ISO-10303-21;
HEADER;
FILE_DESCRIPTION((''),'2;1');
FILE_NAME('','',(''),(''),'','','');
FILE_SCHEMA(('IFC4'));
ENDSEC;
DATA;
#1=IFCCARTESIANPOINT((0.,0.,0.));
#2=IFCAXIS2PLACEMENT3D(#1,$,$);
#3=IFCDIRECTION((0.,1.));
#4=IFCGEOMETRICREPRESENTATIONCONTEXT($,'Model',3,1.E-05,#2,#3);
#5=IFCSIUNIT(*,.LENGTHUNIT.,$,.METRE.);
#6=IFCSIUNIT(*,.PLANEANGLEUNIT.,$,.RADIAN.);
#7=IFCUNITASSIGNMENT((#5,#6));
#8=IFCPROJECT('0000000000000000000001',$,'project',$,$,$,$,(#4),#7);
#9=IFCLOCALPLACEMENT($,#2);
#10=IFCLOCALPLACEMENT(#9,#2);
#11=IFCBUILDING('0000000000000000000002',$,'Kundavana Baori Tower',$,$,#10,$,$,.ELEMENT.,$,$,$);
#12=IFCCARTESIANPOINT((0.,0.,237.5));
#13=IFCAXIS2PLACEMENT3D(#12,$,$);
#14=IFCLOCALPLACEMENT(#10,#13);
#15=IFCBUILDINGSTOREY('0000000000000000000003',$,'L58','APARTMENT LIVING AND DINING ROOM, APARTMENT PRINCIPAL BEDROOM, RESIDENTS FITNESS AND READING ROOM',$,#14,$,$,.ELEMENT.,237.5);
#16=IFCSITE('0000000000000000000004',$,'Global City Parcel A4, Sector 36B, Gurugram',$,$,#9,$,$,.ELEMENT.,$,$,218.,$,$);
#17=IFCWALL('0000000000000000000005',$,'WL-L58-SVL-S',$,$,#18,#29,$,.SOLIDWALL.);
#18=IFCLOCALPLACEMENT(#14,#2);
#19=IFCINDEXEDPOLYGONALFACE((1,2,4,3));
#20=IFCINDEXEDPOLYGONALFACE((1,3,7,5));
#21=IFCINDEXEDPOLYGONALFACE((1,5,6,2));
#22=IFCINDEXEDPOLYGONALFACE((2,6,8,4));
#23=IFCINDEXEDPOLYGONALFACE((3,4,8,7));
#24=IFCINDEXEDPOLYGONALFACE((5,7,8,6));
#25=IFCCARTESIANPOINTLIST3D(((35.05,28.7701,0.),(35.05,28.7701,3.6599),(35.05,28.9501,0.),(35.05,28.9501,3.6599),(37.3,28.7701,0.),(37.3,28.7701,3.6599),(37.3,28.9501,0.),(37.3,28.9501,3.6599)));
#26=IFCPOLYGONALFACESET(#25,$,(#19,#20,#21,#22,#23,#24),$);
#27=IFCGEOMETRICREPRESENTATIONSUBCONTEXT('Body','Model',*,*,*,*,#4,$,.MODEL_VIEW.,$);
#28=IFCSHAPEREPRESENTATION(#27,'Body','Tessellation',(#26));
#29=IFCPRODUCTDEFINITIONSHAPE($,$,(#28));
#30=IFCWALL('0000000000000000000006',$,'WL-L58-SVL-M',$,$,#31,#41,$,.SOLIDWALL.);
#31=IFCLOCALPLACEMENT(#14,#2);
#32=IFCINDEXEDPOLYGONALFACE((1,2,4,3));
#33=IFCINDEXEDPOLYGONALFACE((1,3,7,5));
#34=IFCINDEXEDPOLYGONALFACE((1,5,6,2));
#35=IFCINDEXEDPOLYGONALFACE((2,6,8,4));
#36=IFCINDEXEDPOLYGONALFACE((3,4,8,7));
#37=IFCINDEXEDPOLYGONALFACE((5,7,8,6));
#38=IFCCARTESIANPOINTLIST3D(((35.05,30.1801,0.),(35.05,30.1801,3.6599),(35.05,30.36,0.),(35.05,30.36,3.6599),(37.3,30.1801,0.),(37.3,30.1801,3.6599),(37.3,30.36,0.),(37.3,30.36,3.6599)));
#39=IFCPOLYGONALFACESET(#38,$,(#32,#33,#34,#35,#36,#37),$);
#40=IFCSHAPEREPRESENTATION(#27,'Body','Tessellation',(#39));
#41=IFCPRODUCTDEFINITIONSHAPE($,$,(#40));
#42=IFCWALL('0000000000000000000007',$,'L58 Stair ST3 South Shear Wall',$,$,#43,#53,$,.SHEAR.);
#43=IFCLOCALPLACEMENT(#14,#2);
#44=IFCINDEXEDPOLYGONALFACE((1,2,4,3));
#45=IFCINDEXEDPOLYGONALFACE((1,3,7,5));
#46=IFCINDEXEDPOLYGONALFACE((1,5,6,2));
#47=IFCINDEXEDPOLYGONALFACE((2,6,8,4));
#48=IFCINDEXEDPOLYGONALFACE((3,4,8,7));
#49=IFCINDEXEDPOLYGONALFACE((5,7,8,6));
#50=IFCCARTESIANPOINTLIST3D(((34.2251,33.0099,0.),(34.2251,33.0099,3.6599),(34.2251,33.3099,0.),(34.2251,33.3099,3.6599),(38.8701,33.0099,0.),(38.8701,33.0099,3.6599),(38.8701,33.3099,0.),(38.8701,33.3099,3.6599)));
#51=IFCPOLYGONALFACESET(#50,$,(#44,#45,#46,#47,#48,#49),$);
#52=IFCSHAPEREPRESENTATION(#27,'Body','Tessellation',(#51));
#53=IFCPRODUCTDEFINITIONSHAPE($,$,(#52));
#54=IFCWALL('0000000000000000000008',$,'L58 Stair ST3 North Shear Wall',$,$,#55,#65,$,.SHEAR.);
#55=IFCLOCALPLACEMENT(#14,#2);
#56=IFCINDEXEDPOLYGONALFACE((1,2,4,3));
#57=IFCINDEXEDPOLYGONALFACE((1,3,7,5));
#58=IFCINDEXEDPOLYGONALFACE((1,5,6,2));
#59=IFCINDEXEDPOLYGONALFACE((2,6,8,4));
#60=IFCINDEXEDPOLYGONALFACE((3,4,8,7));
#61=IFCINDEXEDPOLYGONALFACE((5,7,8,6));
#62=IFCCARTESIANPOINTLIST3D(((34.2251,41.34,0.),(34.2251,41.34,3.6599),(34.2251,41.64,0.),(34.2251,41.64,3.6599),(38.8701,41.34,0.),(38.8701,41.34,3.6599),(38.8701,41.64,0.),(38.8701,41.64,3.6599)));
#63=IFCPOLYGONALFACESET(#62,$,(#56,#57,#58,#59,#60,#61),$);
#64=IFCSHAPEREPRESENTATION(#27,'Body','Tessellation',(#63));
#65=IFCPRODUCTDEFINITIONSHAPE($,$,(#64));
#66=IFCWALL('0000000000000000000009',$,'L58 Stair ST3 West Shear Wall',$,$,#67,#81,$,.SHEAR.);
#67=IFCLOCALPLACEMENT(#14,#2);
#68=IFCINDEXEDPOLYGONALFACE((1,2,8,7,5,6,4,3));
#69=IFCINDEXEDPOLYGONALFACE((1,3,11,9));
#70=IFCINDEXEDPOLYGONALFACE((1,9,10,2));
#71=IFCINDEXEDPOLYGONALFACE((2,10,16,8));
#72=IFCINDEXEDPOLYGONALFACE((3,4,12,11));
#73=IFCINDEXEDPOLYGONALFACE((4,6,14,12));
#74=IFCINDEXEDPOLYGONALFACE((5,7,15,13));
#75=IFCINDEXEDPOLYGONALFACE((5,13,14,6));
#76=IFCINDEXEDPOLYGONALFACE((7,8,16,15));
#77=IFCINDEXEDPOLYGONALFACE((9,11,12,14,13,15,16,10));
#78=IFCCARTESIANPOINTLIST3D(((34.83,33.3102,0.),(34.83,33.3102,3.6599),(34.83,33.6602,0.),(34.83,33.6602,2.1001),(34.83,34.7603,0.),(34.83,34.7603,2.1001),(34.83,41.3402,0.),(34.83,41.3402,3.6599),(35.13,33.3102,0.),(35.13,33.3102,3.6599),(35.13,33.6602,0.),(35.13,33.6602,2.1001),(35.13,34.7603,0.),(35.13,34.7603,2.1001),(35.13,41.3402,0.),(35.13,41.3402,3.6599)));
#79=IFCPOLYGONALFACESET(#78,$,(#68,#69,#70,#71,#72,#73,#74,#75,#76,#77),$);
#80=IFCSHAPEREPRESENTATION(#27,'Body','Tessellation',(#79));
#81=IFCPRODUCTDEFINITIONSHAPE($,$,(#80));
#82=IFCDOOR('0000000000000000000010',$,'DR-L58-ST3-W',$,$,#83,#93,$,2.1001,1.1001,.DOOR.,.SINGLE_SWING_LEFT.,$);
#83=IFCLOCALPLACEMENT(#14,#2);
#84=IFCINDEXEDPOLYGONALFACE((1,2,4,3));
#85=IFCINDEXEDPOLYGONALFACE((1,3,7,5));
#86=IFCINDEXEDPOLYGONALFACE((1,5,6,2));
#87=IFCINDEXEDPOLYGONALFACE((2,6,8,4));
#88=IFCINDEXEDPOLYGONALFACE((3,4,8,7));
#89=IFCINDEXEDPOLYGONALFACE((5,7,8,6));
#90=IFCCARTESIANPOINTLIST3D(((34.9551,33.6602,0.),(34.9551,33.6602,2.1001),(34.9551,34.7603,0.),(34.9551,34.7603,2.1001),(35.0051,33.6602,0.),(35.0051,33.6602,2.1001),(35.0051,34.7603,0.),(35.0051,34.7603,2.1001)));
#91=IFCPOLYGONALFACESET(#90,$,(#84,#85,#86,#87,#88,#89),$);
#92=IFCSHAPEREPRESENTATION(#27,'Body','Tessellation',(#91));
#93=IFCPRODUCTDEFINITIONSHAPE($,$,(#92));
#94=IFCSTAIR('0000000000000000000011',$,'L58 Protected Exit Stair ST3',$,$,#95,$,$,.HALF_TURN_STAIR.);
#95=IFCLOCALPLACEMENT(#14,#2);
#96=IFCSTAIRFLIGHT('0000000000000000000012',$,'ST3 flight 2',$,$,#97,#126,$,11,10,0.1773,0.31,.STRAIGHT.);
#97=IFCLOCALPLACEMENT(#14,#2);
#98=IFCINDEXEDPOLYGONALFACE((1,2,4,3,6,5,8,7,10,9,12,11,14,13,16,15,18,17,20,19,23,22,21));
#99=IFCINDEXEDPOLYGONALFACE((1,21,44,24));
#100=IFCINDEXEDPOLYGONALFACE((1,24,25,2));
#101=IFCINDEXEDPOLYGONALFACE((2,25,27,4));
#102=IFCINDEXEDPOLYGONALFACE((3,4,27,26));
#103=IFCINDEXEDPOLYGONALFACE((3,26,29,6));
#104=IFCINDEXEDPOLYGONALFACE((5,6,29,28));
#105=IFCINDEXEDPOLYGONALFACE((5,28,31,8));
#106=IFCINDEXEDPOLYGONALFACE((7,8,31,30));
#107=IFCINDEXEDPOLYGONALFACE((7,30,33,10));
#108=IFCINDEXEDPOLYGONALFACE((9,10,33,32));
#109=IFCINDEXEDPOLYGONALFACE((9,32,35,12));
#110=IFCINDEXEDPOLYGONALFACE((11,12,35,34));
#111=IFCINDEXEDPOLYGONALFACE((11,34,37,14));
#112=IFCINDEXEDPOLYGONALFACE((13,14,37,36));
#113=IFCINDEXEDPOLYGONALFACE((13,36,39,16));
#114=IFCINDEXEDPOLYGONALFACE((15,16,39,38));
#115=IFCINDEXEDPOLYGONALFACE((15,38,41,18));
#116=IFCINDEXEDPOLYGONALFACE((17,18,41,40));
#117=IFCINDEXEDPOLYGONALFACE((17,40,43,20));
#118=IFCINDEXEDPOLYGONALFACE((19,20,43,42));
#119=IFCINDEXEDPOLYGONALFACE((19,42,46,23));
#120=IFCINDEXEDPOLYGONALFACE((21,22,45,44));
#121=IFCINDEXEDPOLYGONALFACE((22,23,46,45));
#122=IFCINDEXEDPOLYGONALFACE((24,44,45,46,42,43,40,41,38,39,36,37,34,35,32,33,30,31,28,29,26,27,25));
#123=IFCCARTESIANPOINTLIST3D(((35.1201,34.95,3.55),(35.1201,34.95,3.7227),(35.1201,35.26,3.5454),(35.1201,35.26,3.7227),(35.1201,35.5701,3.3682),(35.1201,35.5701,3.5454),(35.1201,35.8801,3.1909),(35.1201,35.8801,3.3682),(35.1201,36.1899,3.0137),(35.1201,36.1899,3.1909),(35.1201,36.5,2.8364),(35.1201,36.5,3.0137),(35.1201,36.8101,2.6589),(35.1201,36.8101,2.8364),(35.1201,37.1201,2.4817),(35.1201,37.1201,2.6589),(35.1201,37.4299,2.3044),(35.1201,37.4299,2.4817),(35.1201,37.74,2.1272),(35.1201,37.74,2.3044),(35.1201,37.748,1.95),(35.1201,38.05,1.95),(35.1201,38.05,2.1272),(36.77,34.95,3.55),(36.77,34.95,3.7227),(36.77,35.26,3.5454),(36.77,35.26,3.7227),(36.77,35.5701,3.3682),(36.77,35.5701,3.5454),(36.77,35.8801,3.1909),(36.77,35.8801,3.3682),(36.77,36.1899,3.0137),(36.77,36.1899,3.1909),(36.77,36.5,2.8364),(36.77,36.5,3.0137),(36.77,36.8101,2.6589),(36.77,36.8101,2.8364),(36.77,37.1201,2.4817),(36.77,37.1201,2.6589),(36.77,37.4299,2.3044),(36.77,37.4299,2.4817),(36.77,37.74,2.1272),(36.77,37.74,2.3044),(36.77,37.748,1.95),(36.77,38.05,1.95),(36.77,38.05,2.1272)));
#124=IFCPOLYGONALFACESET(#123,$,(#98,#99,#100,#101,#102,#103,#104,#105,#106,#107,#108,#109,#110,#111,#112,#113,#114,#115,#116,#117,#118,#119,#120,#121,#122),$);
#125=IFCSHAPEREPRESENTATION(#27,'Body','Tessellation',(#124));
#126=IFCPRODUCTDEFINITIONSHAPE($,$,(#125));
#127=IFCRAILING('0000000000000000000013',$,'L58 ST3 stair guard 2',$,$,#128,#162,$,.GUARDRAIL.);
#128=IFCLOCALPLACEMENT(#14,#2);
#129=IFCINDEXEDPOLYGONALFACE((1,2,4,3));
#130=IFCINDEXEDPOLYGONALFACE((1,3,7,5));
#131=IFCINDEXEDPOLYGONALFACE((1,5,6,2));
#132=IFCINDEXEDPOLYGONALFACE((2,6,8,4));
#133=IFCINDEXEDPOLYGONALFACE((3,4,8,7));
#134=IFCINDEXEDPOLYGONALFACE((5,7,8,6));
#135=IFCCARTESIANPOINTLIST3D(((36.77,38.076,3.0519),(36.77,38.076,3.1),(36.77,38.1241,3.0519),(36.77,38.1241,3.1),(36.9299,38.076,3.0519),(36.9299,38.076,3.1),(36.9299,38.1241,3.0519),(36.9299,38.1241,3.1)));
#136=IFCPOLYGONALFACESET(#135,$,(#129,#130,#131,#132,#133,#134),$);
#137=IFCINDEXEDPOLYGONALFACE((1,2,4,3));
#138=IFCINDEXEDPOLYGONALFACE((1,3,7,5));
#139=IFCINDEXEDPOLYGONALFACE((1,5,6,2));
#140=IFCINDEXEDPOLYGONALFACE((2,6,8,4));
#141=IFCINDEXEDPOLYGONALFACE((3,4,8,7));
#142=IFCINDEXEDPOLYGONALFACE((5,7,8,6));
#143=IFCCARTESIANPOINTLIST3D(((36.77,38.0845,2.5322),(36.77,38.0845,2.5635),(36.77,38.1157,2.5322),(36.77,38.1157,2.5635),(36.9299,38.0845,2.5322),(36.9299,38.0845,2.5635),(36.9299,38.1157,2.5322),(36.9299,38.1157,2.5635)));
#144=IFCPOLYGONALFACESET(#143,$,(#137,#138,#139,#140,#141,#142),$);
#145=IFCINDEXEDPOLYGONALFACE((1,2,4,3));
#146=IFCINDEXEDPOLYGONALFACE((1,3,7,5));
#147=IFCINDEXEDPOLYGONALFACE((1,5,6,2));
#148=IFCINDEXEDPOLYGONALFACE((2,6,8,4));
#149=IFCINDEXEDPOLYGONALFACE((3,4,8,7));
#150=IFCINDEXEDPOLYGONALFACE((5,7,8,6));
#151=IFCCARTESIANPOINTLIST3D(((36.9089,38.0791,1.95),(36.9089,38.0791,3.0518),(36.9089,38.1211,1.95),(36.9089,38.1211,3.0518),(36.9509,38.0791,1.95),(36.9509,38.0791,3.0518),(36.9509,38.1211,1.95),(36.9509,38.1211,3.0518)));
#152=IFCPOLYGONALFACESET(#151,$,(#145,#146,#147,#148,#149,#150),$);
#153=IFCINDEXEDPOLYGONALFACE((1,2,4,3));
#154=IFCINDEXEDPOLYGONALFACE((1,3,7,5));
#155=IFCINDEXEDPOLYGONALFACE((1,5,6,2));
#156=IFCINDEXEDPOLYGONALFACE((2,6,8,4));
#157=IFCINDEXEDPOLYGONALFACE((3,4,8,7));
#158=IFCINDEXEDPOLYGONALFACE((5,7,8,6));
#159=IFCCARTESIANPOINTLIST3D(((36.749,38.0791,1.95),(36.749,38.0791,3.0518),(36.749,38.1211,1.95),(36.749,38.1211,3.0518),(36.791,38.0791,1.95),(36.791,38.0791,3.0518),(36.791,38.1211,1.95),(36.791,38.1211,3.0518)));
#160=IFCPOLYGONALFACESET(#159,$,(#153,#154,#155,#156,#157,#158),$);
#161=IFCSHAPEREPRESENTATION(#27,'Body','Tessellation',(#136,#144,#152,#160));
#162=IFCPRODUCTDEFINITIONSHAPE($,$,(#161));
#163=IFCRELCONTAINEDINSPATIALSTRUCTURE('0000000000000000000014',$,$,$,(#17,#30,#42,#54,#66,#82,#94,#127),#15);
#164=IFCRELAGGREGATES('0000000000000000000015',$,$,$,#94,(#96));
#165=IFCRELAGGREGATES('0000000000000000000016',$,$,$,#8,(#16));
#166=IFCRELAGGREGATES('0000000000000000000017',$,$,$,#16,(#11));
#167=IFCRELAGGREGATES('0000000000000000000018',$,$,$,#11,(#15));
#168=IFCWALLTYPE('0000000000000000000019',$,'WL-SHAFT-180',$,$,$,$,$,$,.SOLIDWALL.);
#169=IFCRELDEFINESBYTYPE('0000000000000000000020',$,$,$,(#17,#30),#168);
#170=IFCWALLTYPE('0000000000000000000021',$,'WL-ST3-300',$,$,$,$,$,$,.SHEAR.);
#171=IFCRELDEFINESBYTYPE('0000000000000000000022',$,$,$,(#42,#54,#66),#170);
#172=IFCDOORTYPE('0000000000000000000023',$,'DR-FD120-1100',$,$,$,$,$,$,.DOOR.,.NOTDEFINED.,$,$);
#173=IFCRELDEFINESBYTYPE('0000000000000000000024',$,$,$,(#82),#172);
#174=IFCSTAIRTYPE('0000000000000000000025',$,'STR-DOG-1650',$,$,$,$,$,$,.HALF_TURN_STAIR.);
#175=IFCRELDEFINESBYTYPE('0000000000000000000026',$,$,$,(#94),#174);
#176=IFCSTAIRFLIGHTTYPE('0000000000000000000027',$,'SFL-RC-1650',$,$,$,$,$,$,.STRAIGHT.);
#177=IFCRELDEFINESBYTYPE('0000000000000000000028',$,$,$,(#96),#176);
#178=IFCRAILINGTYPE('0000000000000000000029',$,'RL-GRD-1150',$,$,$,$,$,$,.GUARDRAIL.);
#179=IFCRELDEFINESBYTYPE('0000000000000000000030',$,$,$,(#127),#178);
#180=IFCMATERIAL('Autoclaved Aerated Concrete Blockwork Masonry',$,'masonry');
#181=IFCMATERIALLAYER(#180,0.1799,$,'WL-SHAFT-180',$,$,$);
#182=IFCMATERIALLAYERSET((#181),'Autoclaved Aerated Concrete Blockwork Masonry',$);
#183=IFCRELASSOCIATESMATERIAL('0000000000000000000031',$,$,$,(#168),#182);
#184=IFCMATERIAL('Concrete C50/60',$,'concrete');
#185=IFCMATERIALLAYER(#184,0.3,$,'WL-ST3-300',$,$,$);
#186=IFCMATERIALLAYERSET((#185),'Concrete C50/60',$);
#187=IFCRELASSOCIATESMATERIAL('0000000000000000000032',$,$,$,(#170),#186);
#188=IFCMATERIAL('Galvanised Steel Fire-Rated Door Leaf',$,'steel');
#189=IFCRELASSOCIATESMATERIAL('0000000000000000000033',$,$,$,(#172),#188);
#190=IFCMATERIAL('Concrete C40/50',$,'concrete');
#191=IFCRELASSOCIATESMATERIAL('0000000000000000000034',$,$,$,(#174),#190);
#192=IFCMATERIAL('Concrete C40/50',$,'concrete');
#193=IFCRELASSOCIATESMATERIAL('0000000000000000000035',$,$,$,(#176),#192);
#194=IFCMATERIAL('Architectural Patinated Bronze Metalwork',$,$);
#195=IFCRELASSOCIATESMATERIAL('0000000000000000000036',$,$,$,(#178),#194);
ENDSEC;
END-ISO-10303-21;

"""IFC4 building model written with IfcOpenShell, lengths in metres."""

from ifc_helpers import new_model, si_unit, direction, frame, frame_2d, origin, origin_2d, place, context, subcontext, project, spatial, polyline, rectangle, outline, extrude, material, layer, layer_set, type_object, element, fill, aggregate, save


model = new_model("IFC4")

# Units and contexts
model_context = context("Model", 3, precision=1e-05, world=origin(), true_north=direction((0.0, 1.0)))
body_context = subcontext(model_context, "Body", "Model", "MODEL_VIEW")
ifc_project = project(units=[si_unit("LENGTHUNIT", "METRE"), si_unit("PLANEANGLEUNIT", "RADIAN")], contexts=[model_context])

# Site, building, storey
site_placement = place(None, origin())
site = spatial("IfcSite", under=ifc_project, at=site_placement, Name="Global City Parcel A4, Sector 36B, Gurugram", CompositionType="ELEMENT", RefElevation=218.0)
building_placement = place(site_placement, origin())
building = spatial("IfcBuilding", under=site, at=building_placement, Name="Kundavana Baori Tower", CompositionType="ELEMENT")
storey_placement = place(building_placement, frame((0.0, 0.0, 237.5)))
storey = spatial("IfcBuildingStorey", under=building, at=storey_placement, Name="L58", Description="APARTMENT LIVING AND DINING ROOM, APARTMENT PRINCIPAL BEDROOM, RESIDENTS FITNESS AND READING ROOM", CompositionType="ELEMENT", Elevation=237.5)

# Walls
ifc_material_1 = material(Name="Autoclaved Aerated Concrete Blockwork Masonry", Category="masonry")
ifc_layer_1 = layer(ifc_material_1, 0.1799, Name="WL-SHAFT-180")
ifc_layer_set_1 = layer_set([ifc_layer_1], Name="Autoclaved Aerated Concrete Blockwork Masonry")
wall_type_1 = type_object("IfcWallType", Name="WL-SHAFT-180", PredefinedType="SOLIDWALL", material=ifc_layer_set_1)
for number, where, z_axis, x_axis, name in (
    (1, (35.05, 28.8601, 0.0), (0.0, 0.0, 1.0), (1.0, 0.0, 0.0), "WL-L58-SVL-S"),
    (2, (35.05, 30.27, 0.0), (0.0, 0.0, 1.0), (1.0, 0.0, 0.0), "WL-L58-SVL-M"),
):
    element("IfcWall", number, at=place(storey_placement, frame(where, z_axis=z_axis, x_axis=x_axis)), inside=storey, type_object=wall_type_1, Name=name, PredefinedType="SOLIDWALL", context=body_context, shape_type="SweptSolid", body=[
        extrude(rectangle(XDim=2.25, YDim=0.1799, at=frame_2d((1.125, 0.0))), origin(), (0.0, 0.0, 1.0), 3.6599),
    ])
ifc_material_2 = material(Name="Concrete C50/60", Category="concrete")
ifc_layer_2 = layer(ifc_material_2, 0.3, Name="WL-ST3-300")
ifc_layer_set_2 = layer_set([ifc_layer_2], Name="Concrete C50/60")
wall_type_2 = type_object("IfcWallType", Name="WL-ST3-300", PredefinedType="SHEAR", material=ifc_layer_set_2)
for number, where, z_axis, x_axis, name in (
    (3, (34.2251, 33.1599, 0.0), (0.0, 0.0, 1.0), (1.0, 0.0, 0.0), "L58 Stair ST3 South Shear Wall"),
    (4, (34.2251, 41.49, 0.0), (0.0, 0.0, 1.0), (1.0, 0.0, 0.0), "L58 Stair ST3 North Shear Wall"),
):
    element("IfcWall", number, at=place(storey_placement, frame(where, z_axis=z_axis, x_axis=x_axis)), inside=storey, type_object=wall_type_2, Name=name, PredefinedType="SHEAR", context=body_context, shape_type="SweptSolid", body=[
        extrude(rectangle(XDim=4.645, YDim=0.3, at=frame_2d((2.3225, 0.0))), origin(), (0.0, 0.0, 1.0), 3.6599),
    ])

# Wall, opening, door
wall_1_placement = place(storey_placement, frame((34.98, 33.3101, 0.0), z_axis=(0.0, 0.0, 1.0), x_axis=(0.0, 1.0, 0.0)))
wall_1 = element("IfcWall", 5, at=wall_1_placement, inside=storey, type_object=wall_type_2, Name="L58 Stair ST3 West Shear Wall", PredefinedType="SHEAR", context=body_context, shape_type="SweptSolid", body=[
    extrude(rectangle(XDim=8.03, YDim=0.3, at=frame_2d((4.0151, 0.0))), origin(), (0.0, 0.0, 1.0), 3.6599),
])
opening_1_placement = place(wall_1_placement, frame((0.3501, 0.0, 0.0)))
opening_1 = element("IfcOpeningElement", 6, at=opening_1_placement, cuts=wall_1, PredefinedType="OPENING", context=body_context, shape_type="SweptSolid", body=[
    extrude(rectangle(XDim=1.1001, YDim=2.1001, at=frame_2d((0.55, 1.05))), frame((0.0, 0.1602, 0.0), z_axis=(0.0, -1.0, 0.0), x_axis=(1.0, 0.0, 0.0)), (0.0, 0.0, 1.0), 0.3201),
])
ifc_material_3 = material(Name="Galvanised Steel Fire-Rated Door Leaf", Category="steel")
door_type_1 = type_object("IfcDoorType", Name="DR-FD120-1100", OperationType="NOTDEFINED", PredefinedType="DOOR", material=ifc_material_3)
door_1_placement = place(opening_1_placement, origin())
door_1 = element("IfcDoor", 7, at=door_1_placement, inside=storey, type_object=door_type_1, Name="DR-L58-ST3-W", OperationType="SINGLE_SWING_LEFT", OverallHeight=2.1001, OverallWidth=1.1001, PredefinedType="DOOR", context=body_context, shape_type="SweptSolid", body=[
    extrude(rectangle(XDim=1.1001, YDim=2.1001, at=frame_2d((0.55, 1.05))), frame((0.0, 0.0249, 0.0), z_axis=(0.0, -1.0, 0.0), x_axis=(1.0, 0.0, 0.0)), (0.0, 0.0, 1.0), 0.05),
])
fill(opening_1, door_1)

# Stair, stair flight
ifc_material_4 = material(Name="Concrete C40/50", Category="concrete")
stair_type = type_object("IfcStairType", Name="STR-DOG-1650", PredefinedType="HALF_TURN_STAIR", material=ifc_material_4)
stair_placement = place(storey_placement, origin())
stair = element("IfcStair", 8, at=stair_placement, inside=storey, type_object=stair_type, Name="L58 Protected Exit Stair ST3", PredefinedType="HALF_TURN_STAIR")
ifc_material_5 = material(Name="Concrete C40/50", Category="concrete")
stair_flight_type = type_object("IfcStairFlightType", Name="SFL-RC-1650", PredefinedType="STRAIGHT", material=ifc_material_5)
stair_flight_placement = place(storey_placement, frame((35.9451, 38.05, 1.95), z_axis=(0.0, 0.0, 1.0), x_axis=(0.0, -1.0, 0.0)))
stair_flight = element("IfcStairFlight", 9, at=stair_flight_placement, type_object=stair_flight_type, Name="ST3 flight 2", NumberOfRisers=11, NumberOfTreads=10, PredefinedType="STRAIGHT", RiserHeight=0.1773, TreadLength=0.31, context=body_context, shape_type="SweptSolid", body=[
    extrude(outline(polyline([(0.0, 0.0), (0.0, 0.1772), (0.3101, 0.1772), (0.3101, 0.3545), (0.6201, 0.3545), (0.6201, 0.5317), (0.9299, 0.5317), (0.9299, 0.709), (1.24, 0.709), (1.24, 0.8865), (1.55, 0.8865), (1.55, 1.0637), (1.8601, 1.0637), (1.8601, 1.241), (2.1699, 1.241), (2.1699, 1.4182), (2.48, 1.4182), (2.48, 1.5955), (2.79, 1.5955), (2.79, 1.7727), (3.1001, 1.7727), (3.1001, 1.95), (3.1001, 1.6001), (0.302, 0.0), (0.0, 0.0)])), frame((0.0, 0.825, 0.0), z_axis=(0.0, -1.0, 0.0), x_axis=(1.0, 0.0, 0.0)), (0.0, 0.0, 1.0), 1.6499),
])
aggregate(stair, [stair_flight])

# Railing
ifc_material_6 = material(Name="Architectural Patinated Bronze Metalwork")
railing_type_1 = type_object("IfcRailingType", Name="RL-GRD-1150", PredefinedType="GUARDRAIL", material=ifc_material_6)
railing_1_placement = place(storey_placement, frame((36.9299, 38.1001, 1.95)))
element("IfcRailing", 10, at=railing_1_placement, inside=storey, type_object=railing_type_1, Name="L58 ST3 stair guard 2", PredefinedType="GUARDRAIL", context=body_context, shape_type="SweptSolid", body=[
    extrude(rectangle(XDim=0.0481, YDim=0.0481, at=origin_2d()), frame((0.0, 0.0, 1.126), z_axis=(-1.0, 0.0, 0.0), x_axis=(0.0, -1.0, 0.0)), (0.0, 0.0, 1.0), 0.1599),
    extrude(rectangle(XDim=0.0312, YDim=0.0312, at=origin_2d()), frame((0.0, 0.0, 0.5979), z_axis=(-1.0, 0.0, 0.0), x_axis=(0.0, -1.0, 0.0)), (0.0, 0.0, 1.0), 0.1599),
    extrude(rectangle(XDim=0.042, YDim=0.042, at=origin_2d()), origin(), (0.0, 0.0, 1.0), 1.1018),
    extrude(rectangle(XDim=0.042, YDim=0.042, at=origin_2d()), frame((-0.1599, 0.0, 0.0)), (0.0, 0.0, 1.0), 1.1018),
])

save(model, "model.ifc")
